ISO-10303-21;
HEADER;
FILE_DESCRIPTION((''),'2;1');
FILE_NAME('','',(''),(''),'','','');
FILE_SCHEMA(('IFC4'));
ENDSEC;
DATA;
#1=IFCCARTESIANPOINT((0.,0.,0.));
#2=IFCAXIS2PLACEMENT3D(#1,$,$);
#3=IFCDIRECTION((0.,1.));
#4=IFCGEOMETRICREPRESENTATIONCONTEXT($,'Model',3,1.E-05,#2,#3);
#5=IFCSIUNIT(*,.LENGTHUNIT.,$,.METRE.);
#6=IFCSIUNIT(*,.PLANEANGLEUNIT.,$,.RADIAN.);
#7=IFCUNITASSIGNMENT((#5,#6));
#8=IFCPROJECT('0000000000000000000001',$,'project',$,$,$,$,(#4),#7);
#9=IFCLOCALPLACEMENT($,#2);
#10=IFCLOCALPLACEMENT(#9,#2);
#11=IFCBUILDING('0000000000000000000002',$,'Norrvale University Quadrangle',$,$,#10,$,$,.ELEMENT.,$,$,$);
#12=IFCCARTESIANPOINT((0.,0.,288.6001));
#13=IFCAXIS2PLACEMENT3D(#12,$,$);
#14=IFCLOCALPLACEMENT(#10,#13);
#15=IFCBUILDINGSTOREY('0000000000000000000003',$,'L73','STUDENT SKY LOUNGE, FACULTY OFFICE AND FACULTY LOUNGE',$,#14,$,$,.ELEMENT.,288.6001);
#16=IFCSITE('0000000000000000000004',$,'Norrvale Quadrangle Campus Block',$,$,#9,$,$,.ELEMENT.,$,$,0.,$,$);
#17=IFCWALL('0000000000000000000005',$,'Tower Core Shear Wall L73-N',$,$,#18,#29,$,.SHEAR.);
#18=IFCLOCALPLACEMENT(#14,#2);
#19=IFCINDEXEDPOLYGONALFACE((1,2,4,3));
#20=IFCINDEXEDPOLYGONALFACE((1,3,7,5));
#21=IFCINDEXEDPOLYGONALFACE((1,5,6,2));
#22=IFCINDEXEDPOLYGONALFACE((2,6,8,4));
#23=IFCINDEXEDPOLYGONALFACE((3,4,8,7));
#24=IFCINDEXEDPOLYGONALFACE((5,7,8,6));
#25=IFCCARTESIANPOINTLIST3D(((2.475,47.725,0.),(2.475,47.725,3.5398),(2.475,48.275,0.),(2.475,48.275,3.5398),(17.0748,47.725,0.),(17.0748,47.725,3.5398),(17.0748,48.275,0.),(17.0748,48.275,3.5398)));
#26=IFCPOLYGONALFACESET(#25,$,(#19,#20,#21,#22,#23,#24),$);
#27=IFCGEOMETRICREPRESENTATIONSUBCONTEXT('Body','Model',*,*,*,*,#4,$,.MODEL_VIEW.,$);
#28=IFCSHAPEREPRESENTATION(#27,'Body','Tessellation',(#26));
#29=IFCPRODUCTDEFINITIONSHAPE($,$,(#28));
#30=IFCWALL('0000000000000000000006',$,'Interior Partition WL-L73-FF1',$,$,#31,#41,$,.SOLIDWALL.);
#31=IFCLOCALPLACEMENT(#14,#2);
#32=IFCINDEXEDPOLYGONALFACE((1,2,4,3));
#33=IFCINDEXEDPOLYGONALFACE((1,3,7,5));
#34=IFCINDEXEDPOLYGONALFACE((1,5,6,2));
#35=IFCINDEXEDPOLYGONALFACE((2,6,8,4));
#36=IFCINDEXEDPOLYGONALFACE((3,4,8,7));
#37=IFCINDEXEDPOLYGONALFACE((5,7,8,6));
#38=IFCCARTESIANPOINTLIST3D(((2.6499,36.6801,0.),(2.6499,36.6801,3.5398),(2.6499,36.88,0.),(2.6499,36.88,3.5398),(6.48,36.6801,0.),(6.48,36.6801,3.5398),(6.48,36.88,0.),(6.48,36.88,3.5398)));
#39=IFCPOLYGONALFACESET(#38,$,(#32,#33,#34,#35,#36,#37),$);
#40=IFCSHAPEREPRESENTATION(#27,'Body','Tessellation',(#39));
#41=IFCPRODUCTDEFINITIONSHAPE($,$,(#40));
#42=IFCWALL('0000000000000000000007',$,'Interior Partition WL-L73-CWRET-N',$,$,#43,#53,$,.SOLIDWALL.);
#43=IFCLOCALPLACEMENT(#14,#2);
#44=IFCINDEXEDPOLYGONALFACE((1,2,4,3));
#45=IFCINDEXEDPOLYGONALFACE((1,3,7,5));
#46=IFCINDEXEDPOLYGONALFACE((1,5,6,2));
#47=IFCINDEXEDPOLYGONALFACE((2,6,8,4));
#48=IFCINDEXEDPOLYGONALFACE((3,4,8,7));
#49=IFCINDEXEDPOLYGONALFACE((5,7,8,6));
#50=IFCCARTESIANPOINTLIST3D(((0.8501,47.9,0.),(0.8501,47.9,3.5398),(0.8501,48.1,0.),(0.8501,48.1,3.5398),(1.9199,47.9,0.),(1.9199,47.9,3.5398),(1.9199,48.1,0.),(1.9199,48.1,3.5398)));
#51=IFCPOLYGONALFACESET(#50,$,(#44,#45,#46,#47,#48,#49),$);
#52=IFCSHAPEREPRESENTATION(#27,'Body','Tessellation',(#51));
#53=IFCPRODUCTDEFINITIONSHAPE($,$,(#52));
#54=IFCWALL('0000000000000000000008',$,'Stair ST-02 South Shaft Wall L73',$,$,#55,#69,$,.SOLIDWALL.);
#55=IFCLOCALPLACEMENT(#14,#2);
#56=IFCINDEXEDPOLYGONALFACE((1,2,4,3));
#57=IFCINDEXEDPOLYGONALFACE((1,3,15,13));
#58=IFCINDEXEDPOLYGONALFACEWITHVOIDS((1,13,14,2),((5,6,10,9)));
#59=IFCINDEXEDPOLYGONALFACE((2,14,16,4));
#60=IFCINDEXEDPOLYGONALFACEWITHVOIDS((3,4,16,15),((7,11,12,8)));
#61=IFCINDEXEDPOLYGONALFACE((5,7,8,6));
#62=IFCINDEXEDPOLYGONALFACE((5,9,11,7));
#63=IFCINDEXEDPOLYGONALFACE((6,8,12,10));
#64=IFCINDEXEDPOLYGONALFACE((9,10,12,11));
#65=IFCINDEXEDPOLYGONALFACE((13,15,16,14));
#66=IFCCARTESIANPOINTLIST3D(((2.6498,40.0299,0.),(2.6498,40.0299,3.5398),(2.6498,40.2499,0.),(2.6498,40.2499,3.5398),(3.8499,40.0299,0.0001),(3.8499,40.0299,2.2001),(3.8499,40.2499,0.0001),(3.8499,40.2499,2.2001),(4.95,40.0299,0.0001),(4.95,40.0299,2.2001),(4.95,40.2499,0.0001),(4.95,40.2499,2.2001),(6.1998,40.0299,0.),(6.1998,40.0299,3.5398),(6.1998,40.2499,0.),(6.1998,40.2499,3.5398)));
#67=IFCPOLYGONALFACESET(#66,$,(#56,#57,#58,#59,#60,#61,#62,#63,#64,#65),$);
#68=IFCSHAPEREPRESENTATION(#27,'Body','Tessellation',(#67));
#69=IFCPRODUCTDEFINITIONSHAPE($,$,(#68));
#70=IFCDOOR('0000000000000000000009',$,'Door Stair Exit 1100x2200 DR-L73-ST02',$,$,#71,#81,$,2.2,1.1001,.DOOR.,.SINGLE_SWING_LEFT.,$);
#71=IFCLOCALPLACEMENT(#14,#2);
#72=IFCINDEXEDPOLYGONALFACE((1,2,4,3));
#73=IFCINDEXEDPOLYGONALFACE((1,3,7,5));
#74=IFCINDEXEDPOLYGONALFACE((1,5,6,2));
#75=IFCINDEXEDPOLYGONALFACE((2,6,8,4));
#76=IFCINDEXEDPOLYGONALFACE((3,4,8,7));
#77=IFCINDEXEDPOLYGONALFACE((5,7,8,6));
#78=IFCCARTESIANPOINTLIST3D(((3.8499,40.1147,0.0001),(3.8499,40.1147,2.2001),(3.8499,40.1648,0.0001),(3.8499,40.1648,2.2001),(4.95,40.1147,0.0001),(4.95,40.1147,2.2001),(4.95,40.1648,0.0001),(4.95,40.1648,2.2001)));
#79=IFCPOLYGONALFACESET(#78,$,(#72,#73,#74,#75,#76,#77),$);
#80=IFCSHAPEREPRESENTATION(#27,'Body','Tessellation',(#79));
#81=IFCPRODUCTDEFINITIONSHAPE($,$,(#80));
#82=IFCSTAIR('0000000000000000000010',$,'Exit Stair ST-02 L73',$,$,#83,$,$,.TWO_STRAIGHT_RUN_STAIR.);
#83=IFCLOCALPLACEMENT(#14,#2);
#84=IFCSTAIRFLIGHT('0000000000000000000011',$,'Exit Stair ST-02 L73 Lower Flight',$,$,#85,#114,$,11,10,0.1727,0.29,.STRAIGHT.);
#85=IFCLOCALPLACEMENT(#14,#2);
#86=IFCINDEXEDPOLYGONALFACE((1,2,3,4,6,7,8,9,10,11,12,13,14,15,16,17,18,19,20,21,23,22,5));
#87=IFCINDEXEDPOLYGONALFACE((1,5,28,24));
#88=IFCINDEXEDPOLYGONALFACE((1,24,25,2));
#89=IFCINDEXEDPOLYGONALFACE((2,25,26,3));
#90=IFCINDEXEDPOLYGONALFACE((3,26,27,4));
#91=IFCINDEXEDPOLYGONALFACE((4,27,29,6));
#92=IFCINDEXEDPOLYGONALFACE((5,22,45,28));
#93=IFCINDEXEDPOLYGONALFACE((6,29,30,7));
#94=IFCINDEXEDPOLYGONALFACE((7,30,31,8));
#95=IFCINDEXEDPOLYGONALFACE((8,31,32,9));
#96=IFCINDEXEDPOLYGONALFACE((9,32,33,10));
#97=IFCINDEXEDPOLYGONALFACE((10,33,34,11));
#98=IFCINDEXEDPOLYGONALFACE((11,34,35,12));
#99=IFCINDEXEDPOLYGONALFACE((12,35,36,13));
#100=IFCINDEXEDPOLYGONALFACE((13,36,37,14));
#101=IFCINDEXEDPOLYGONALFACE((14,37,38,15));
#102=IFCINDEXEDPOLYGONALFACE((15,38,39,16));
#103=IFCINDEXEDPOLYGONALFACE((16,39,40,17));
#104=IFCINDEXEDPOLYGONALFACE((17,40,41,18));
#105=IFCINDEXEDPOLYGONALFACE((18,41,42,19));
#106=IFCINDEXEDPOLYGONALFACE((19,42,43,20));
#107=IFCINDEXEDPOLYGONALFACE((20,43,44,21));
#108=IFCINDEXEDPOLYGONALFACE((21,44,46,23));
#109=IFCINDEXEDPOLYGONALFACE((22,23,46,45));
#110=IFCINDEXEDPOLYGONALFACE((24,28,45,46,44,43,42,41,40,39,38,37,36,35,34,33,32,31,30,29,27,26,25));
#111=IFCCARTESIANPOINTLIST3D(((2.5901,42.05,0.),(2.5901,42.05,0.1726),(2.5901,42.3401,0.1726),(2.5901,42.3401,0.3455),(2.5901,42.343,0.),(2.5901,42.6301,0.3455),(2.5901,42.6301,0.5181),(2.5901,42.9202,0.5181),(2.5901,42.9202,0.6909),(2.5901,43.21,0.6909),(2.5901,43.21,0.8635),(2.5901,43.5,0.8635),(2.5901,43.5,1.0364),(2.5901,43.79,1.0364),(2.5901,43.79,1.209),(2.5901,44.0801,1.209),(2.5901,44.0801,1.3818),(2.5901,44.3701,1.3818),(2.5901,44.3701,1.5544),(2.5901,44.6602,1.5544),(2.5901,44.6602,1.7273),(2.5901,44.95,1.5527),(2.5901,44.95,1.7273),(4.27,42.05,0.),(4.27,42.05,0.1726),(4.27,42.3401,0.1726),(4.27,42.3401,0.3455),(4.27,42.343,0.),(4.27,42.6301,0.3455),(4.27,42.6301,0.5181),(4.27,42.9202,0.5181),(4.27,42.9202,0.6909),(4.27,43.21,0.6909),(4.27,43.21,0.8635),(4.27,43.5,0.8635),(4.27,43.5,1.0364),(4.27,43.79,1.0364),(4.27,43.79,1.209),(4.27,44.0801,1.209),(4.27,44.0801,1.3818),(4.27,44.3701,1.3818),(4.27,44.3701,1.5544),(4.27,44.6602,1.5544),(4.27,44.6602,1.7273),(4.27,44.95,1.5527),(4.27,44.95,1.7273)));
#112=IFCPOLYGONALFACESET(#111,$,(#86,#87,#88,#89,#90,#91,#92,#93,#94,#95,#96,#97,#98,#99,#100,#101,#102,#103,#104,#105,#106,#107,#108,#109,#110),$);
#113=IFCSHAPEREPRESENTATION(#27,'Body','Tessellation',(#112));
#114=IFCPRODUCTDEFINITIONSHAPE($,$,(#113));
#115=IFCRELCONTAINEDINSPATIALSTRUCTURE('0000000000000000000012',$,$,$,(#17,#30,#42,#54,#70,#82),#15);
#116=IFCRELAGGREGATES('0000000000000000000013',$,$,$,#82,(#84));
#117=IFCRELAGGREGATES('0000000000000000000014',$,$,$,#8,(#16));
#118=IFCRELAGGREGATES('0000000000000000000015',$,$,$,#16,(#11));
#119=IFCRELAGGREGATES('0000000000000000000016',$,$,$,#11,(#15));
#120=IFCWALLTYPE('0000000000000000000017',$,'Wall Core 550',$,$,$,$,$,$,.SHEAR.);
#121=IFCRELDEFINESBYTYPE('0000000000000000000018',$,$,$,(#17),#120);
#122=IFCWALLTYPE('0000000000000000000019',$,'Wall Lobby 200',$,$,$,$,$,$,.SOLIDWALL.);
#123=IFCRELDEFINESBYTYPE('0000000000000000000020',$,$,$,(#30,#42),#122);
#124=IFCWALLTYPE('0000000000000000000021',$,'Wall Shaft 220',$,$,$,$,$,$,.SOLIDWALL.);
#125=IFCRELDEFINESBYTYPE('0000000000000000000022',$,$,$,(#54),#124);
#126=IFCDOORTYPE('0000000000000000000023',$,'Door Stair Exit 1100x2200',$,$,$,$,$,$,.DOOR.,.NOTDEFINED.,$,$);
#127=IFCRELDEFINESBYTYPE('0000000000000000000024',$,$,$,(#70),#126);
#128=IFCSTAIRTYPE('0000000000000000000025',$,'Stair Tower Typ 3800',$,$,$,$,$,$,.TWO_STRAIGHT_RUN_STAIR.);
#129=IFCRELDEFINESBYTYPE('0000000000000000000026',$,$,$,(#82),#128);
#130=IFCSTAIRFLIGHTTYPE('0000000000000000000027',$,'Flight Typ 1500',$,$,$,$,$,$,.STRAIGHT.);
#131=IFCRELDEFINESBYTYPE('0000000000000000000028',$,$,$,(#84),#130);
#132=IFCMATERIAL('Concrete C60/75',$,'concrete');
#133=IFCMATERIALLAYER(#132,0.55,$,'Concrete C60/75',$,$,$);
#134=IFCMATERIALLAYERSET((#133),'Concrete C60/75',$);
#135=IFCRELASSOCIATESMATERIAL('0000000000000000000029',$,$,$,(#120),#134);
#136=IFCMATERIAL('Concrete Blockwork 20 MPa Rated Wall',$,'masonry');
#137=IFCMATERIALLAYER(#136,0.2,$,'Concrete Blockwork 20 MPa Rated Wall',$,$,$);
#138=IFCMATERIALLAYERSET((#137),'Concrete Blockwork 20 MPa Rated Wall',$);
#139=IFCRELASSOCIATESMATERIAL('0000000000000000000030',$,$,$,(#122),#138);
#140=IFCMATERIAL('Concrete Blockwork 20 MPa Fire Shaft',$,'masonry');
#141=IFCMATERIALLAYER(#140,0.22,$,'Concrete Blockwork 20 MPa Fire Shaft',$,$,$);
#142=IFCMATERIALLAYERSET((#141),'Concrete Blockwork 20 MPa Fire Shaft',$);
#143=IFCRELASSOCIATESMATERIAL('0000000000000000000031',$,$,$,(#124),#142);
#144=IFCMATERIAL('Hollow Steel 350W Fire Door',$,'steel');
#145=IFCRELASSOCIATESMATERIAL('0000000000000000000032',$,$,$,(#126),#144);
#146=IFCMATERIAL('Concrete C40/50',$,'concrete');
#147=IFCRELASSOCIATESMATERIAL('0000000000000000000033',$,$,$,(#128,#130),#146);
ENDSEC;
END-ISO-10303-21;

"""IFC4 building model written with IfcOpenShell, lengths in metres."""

from ifc_helpers import new_model, si_unit, direction, frame, frame_2d, origin, place, context, subcontext, project, spatial, polyline, rectangle, outline, extrude, material, layer, layer_set, type_object, element, fill, aggregate, save


model = new_model("IFC4")

# Units and contexts
model_context = context("Model", 3, precision=1e-05, world=origin(), true_north=direction((0.0, 1.0)))
body_context = subcontext(model_context, "Body", "Model", "MODEL_VIEW")
ifc_project = project(units=[si_unit("LENGTHUNIT", "METRE"), si_unit("PLANEANGLEUNIT", "RADIAN")], contexts=[model_context])

# Site, building, storey
site_placement = place(None, origin())
site = spatial("IfcSite", under=ifc_project, at=site_placement, Name="Norrvale Quadrangle Campus Block", CompositionType="ELEMENT", RefElevation=0.0)
building_placement = place(site_placement, origin())
building = spatial("IfcBuilding", under=site, at=building_placement, Name="Norrvale University Quadrangle", CompositionType="ELEMENT")
storey_placement = place(building_placement, frame((0.0, 0.0, 288.6001)))
storey = spatial("IfcBuildingStorey", under=building, at=storey_placement, Name="L73", Description="STUDENT SKY LOUNGE, FACULTY OFFICE AND FACULTY LOUNGE", CompositionType="ELEMENT", Elevation=288.6001)

# Shared definitions
ifc_material_1 = material(Name="Concrete C60/75", Category="concrete")

# Walls
ifc_layer_1 = layer(ifc_material_1, 0.55, Name="Concrete C60/75")
ifc_layer_set_1 = layer_set([ifc_layer_1], Name="Concrete C60/75")
wall_type_1 = type_object("IfcWallType", Name="Wall Core 550", PredefinedType="SHEAR", material=ifc_layer_set_1)
wall_1_placement = place(storey_placement, frame((2.4751, 48.0, 0.0), z_axis=(0.0, 0.0, 1.0), x_axis=(1.0, 0.0, 0.0)))
element("IfcWall", 1, at=wall_1_placement, inside=storey, type_object=wall_type_1, Name="Tower Core Shear Wall L73-N", PredefinedType="SHEAR", context=body_context, shape_type="SweptSolid", body=[
    extrude(rectangle(XDim=14.5999, YDim=0.55, at=frame_2d((7.2998, 0.0))), origin(), (0.0, 0.0, 1.0), 3.5398),
])
ifc_material_2 = material(Name="Concrete Blockwork 20 MPa Rated Wall", Category="masonry")
ifc_layer_2 = layer(ifc_material_2, 0.2, Name="Concrete Blockwork 20 MPa Rated Wall")
ifc_layer_set_2 = layer_set([ifc_layer_2], Name="Concrete Blockwork 20 MPa Rated Wall")
wall_type_2 = type_object("IfcWallType", Name="Wall Lobby 200", PredefinedType="SOLIDWALL", material=ifc_layer_set_2)
wall_2_placement = place(storey_placement, frame((2.6499, 36.78, 0.0), z_axis=(0.0, 0.0, 1.0), x_axis=(1.0, 0.0, 0.0)))
element("IfcWall", 2, at=wall_2_placement, inside=storey, type_object=wall_type_2, Name="Interior Partition WL-L73-FF1", PredefinedType="SOLIDWALL", context=body_context, shape_type="SweptSolid", body=[
    extrude(rectangle(XDim=3.8301, YDim=0.2, at=frame_2d((1.915, 0.0))), origin(), (0.0, 0.0, 1.0), 3.5398),
])
wall_3_placement = place(storey_placement, frame((0.8501, 48.0, 0.0), z_axis=(0.0, 0.0, 1.0), x_axis=(1.0, 0.0, 0.0)))
element("IfcWall", 3, at=wall_3_placement, inside=storey, type_object=wall_type_2, Name="Interior Partition WL-L73-CWRET-N", PredefinedType="SOLIDWALL", context=body_context, shape_type="SweptSolid", body=[
    extrude(rectangle(XDim=1.0698, YDim=0.2, at=frame_2d((0.5349, 0.0))), origin(), (0.0, 0.0, 1.0), 3.5398),
])

# Wall, opening, door
ifc_material_3 = material(Name="Concrete Blockwork 20 MPa Fire Shaft", Category="masonry")
ifc_layer_3 = layer(ifc_material_3, 0.22, Name="Concrete Blockwork 20 MPa Fire Shaft")
ifc_layer_set_3 = layer_set([ifc_layer_3], Name="Concrete Blockwork 20 MPa Fire Shaft")
wall_type_3 = type_object("IfcWallType", Name="Wall Shaft 220", PredefinedType="SOLIDWALL", material=ifc_layer_set_3)
wall_4_placement = place(storey_placement, frame((2.6499, 40.1399, 0.0), z_axis=(0.0, 0.0, 1.0), x_axis=(1.0, 0.0, 0.0)))
wall_4 = element("IfcWall", 4, at=wall_4_placement, inside=storey, type_object=wall_type_3, Name="Stair ST-02 South Shaft Wall L73", PredefinedType="SOLIDWALL", context=body_context, shape_type="SweptSolid", body=[
    extrude(rectangle(XDim=3.55, YDim=0.22, at=frame_2d((1.7749, 0.0))), origin(), (0.0, 0.0, 1.0), 3.5398),
])
opening_1_placement = place(wall_4_placement, frame((1.2, 0.0, 0.0)))
opening_1 = element("IfcOpeningElement", 5, at=opening_1_placement, cuts=wall_4, PredefinedType="OPENING", context=body_context, shape_type="SweptSolid", body=[
    extrude(rectangle(XDim=1.1001, YDim=2.2, at=frame_2d((0.55, 1.1001))), frame((0.0, 0.1221, 0.0), z_axis=(0.0, -1.0, 0.0), x_axis=(1.0, 0.0, 0.0)), (0.0, 0.0, 1.0), 0.2439),
])
ifc_material_4 = material(Name="Hollow Steel 350W Fire Door", Category="steel")
door_type = type_object("IfcDoorType", Name="Door Stair Exit 1100x2200", OperationType="NOTDEFINED", PredefinedType="DOOR", material=ifc_material_4)
door_placement = place(opening_1_placement, origin())
door = element("IfcDoor", 6, at=door_placement, inside=storey, type_object=door_type, Name="Door Stair Exit 1100x2200 DR-L73-ST02", OperationType="SINGLE_SWING_LEFT", OverallHeight=2.2, OverallWidth=1.1001, PredefinedType="DOOR", context=body_context, shape_type="SweptSolid", body=[
    extrude(rectangle(XDim=1.1001, YDim=2.2, at=frame_2d((0.55, 1.1001))), frame((0.0, 0.0249, 0.0), z_axis=(0.0, -1.0, 0.0), x_axis=(1.0, 0.0, 0.0)), (0.0, 0.0, 1.0), 0.05),
])
fill(opening_1, door)

# Stair, stair flight
ifc_material_5 = material(Name="Concrete C40/50", Category="concrete")
stair_type = type_object("IfcStairType", Name="Stair Tower Typ 3800", PredefinedType="TWO_STRAIGHT_RUN_STAIR", material=ifc_material_5)
stair_placement = place(storey_placement, origin())
stair = element("IfcStair", 7, at=stair_placement, inside=storey, type_object=stair_type, Name="Exit Stair ST-02 L73", PredefinedType="TWO_STRAIGHT_RUN_STAIR")
stair_flight_type = type_object("IfcStairFlightType", Name="Flight Typ 1500", PredefinedType="STRAIGHT", material=ifc_material_5)
stair_flight_placement = place(storey_placement, frame((3.4299, 42.05, 0.0), z_axis=(0.0, 0.0, 1.0), x_axis=(0.0, 1.0, 0.0)))
stair_flight = element("IfcStairFlight", 8, at=stair_flight_placement, type_object=stair_flight_type, Name="Exit Stair ST-02 L73 Lower Flight", NumberOfRisers=11, NumberOfTreads=10, PredefinedType="STRAIGHT", RiserHeight=0.1727, TreadLength=0.29, context=body_context, shape_type="SweptSolid", body=[
    extrude(outline(polyline([(0.0, 0.0), (0.0, 0.1726), (0.29, 0.1726), (0.29, 0.3455), (0.5801, 0.3455), (0.5801, 0.5181), (0.8701, 0.5181), (0.8701, 0.6909), (1.1599, 0.6909), (1.1599, 0.8635), (1.45, 0.8635), (1.45, 1.0364), (1.74, 1.0364), (1.74, 1.209), (2.03, 1.209), (2.03, 1.3818), (2.3201, 1.3818), (2.3201, 1.5544), (2.6101, 1.5544), (2.6101, 1.7273), (2.8999, 1.7273), (2.8999, 1.8999), (2.8999, 1.5527), (0.293, 0.0), (0.0, 0.0)])), frame((0.0, 0.8398, 0.0), z_axis=(0.0, -1.0, 0.0), x_axis=(1.0, 0.0, 0.0)), (0.0, 0.0, 1.0), 1.6799),
])
aggregate(stair, [stair_flight])

save(model, "model.ifc")
